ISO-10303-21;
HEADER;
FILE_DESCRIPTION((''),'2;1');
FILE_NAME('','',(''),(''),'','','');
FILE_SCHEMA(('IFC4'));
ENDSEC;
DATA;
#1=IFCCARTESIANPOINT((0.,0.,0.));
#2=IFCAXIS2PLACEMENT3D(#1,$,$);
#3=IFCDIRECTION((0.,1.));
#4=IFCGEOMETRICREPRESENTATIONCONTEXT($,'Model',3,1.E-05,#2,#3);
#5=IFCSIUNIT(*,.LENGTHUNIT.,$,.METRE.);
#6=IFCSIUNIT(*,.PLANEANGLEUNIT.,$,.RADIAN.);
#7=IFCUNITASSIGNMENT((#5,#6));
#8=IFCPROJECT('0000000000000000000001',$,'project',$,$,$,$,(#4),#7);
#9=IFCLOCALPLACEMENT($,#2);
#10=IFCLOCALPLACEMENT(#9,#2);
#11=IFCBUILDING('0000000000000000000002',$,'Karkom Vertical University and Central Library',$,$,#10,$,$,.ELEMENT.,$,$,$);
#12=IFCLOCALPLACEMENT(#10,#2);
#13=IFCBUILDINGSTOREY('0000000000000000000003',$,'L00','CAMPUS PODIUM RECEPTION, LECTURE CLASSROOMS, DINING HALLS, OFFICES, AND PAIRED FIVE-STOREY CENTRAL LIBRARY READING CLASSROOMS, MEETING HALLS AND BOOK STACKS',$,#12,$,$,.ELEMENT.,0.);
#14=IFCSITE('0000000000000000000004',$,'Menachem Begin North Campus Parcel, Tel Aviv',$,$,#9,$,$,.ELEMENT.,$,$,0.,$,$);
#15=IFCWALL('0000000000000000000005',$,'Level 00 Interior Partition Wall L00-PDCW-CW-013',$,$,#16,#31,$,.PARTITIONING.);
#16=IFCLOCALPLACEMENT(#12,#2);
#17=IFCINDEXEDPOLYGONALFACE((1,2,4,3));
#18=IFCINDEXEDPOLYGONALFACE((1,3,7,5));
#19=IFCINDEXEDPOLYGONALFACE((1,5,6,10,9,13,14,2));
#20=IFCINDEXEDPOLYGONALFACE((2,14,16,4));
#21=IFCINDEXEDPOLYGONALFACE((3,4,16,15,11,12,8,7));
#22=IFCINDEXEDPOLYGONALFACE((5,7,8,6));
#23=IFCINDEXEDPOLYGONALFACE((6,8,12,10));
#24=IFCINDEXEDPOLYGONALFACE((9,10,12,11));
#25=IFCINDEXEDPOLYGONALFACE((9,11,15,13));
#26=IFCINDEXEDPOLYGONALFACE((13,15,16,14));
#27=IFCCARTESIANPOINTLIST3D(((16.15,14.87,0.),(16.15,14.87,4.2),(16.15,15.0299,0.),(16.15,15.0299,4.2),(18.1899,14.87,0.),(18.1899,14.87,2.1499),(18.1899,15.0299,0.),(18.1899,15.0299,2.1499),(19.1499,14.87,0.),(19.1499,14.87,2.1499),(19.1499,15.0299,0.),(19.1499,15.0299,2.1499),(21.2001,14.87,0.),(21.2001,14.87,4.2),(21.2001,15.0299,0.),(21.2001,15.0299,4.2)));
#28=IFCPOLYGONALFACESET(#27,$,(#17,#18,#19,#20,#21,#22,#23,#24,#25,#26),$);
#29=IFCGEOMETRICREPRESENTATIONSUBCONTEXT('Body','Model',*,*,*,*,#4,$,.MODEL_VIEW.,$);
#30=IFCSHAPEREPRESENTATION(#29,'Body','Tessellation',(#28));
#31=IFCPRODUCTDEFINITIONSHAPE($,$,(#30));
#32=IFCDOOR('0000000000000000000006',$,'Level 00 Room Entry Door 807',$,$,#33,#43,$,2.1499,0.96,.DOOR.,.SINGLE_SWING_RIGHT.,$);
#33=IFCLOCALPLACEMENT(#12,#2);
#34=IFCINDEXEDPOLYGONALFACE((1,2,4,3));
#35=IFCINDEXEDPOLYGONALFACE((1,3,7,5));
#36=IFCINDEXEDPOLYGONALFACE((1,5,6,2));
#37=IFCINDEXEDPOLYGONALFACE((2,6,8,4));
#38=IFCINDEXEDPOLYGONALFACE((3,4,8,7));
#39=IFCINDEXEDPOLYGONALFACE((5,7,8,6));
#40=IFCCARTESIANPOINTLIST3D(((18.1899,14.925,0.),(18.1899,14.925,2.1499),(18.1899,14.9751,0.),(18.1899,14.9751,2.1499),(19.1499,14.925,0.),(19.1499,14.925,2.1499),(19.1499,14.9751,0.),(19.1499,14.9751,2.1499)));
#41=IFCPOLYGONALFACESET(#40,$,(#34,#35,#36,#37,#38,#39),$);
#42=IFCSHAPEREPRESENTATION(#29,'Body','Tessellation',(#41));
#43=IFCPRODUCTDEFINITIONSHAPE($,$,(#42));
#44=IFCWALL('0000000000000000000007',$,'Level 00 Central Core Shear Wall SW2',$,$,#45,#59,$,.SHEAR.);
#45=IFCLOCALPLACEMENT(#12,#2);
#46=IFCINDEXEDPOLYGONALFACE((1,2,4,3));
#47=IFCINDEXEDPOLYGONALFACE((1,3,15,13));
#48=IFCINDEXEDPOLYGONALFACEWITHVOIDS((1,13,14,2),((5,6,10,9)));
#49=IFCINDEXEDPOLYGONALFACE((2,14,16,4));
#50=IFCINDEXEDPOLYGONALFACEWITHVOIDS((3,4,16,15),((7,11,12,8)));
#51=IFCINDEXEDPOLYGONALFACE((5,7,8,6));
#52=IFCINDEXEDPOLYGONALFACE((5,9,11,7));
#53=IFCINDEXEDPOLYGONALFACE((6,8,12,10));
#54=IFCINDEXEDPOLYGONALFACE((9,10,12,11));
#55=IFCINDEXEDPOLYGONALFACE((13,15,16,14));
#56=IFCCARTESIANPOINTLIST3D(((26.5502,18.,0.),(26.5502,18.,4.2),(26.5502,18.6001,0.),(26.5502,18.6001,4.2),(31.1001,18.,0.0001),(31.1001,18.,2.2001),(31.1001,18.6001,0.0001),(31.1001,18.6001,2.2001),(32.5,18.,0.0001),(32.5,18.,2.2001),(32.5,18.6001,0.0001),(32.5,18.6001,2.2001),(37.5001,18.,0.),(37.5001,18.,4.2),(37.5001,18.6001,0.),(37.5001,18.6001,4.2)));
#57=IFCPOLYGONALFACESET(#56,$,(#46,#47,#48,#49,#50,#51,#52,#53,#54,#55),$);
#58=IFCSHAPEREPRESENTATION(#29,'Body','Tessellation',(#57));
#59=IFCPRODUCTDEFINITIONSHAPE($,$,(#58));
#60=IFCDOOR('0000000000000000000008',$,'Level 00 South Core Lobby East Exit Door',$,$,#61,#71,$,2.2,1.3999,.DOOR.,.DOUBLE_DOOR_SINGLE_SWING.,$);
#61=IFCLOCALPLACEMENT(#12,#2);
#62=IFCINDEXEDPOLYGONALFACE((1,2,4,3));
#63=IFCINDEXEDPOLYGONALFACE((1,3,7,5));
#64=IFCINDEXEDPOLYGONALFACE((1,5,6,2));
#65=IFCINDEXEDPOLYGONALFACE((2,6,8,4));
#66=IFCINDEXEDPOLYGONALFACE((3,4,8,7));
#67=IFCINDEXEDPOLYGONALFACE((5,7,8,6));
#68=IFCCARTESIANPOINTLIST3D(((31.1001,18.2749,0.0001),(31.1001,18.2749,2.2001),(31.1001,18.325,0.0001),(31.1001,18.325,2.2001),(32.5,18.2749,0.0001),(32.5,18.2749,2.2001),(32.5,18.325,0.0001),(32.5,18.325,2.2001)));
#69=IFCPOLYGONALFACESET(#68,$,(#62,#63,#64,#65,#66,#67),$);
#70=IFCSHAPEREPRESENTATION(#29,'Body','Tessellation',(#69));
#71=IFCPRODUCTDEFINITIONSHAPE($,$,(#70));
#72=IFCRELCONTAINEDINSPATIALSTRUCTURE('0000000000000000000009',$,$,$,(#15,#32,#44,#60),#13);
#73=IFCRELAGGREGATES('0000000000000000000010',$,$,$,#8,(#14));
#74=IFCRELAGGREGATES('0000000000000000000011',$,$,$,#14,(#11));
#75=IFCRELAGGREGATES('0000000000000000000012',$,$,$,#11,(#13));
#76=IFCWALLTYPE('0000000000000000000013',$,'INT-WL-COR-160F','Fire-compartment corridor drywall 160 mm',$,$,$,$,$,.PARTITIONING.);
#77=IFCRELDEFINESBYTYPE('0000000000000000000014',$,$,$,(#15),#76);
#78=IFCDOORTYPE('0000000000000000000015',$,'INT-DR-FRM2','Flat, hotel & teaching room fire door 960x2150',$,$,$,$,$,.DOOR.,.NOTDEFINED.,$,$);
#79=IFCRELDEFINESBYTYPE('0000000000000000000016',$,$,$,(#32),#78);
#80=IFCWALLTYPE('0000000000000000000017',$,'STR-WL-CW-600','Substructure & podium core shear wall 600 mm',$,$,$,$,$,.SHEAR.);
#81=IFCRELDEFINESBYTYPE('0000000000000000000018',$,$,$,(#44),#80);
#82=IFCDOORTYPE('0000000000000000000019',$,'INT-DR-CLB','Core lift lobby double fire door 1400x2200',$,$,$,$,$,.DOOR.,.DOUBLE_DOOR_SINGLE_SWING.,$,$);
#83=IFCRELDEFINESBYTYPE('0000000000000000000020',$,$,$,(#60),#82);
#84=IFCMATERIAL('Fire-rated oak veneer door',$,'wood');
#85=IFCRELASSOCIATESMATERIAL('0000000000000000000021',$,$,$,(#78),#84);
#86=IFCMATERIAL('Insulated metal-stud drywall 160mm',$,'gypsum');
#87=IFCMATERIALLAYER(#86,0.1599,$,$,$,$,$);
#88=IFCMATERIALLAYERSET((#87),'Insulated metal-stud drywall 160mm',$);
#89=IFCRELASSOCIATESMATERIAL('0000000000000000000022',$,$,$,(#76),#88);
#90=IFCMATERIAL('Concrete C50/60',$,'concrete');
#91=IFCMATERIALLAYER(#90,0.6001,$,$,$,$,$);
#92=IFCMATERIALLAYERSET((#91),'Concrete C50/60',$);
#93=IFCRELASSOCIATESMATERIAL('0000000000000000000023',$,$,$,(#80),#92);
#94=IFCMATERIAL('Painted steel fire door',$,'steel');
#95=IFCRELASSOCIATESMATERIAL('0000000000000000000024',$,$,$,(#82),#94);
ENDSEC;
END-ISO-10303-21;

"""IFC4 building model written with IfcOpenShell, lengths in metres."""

from ifc_helpers import new_model, si_unit, direction, frame, frame_2d, origin, origin_with_axes, place, context, subcontext, project, spatial, rectangle, extrude, source, transform, mapped, material, layer, layer_set, type_object, element, fill, save


model = new_model("IFC4")

# Units and contexts
model_context = context("Model", 3, precision=1e-05, world=origin(), true_north=direction((0.0, 1.0)))
body_context = subcontext(model_context, "Body", "Model", "MODEL_VIEW")
ifc_project = project(units=[si_unit("LENGTHUNIT", "METRE"), si_unit("PLANEANGLEUNIT", "RADIAN")], contexts=[model_context])

# Site, building, storey
site_placement = place(None, origin())
site = spatial("IfcSite", under=ifc_project, at=site_placement, Name="Menachem Begin North Campus Parcel, Tel Aviv", CompositionType="ELEMENT", RefElevation=0.0)
building_placement = place(site_placement, origin())
building = spatial("IfcBuilding", under=site, at=building_placement, Name="Karkom Vertical University and Central Library", CompositionType="ELEMENT")
storey_placement = place(building_placement, origin())
storey = spatial("IfcBuildingStorey", under=building, at=storey_placement, Name="L00", Description="CAMPUS PODIUM RECEPTION, LECTURE CLASSROOMS, DINING HALLS, OFFICES, AND PAIRED FIVE-STOREY CENTRAL LIBRARY READING CLASSROOMS, MEETING HALLS AND BOOK STACKS", CompositionType="ELEMENT", Elevation=0.0)

# Shared definitions
ifc_material_1 = material(Name="Concrete C50/60", Category="concrete")

# Shared definitions
ifc_material_2 = material(Name="Insulated metal-stud drywall 160mm", Category="gypsum")
ifc_material_3 = material(Name="Fire-rated oak veneer door", Category="wood")
door_type_1 = type_object("IfcDoorType", Name="INT-DR-FRM2", Description="Flat, hotel & teaching room fire door 960x2150", OperationType="NOTDEFINED", PredefinedType="DOOR", material=ifc_material_3)
shared_shape_1 = source(origin_with_axes(), body_context, "Body", "SweptSolid", [
    extrude(rectangle(XDim=0.96, YDim=2.1499, at=frame_2d((0.48, 1.075))), frame((0.0, 0.0249, 0.0), z_axis=(0.0, -1.0, 0.0), x_axis=(1.0, 0.0, 0.0)), (0.0, 0.0, 1.0), 0.05),
])

# Walls, openings, doors
ifc_layer_1 = layer(ifc_material_2, 0.1599)
ifc_layer_set_1 = layer_set([ifc_layer_1], Name="Insulated metal-stud drywall 160mm")
wall_type_1 = type_object("IfcWallType", Name="INT-WL-COR-160F", Description="Fire-compartment corridor drywall 160 mm", PredefinedType="PARTITIONING", material=ifc_layer_set_1)
wall_1_placement = place(storey_placement, frame((21.2, 14.95, 0.0), z_axis=(0.0, 0.0, 1.0), x_axis=(-1.0, 0.0, 0.0)))
wall_1 = element("IfcWall", 1, at=wall_1_placement, inside=storey, type_object=wall_type_1, Name="Level 00 Interior Partition Wall L00-PDCW-CW-013", PredefinedType="PARTITIONING", context=body_context, shape_type="SweptSolid", body=[
    extrude(rectangle(XDim=5.05, YDim=0.1599, at=frame_2d((2.5249, 0.0))), origin(), (0.0, 0.0, 1.0), 4.2),
])
opening_1_placement = place(wall_1_placement, frame((2.05, 0.0, 0.0)))
opening_1 = element("IfcOpeningElement", 2, at=opening_1_placement, cuts=wall_1, PredefinedType="OPENING", context=body_context, shape_type="SweptSolid", body=[
    extrude(rectangle(XDim=0.96, YDim=2.1499, at=frame_2d((0.48, 1.075))), frame((0.0, 0.0898, 0.0), z_axis=(0.0, -1.0, 0.0), x_axis=(1.0, 0.0, 0.0)), (0.0, 0.0, 1.0), 0.1799),
])
door_1_placement = place(opening_1_placement, origin())
door_1 = element("IfcDoor", 3, at=door_1_placement, inside=storey, type_object=door_type_1, Name="Level 00 Room Entry Door 807", OperationType="SINGLE_SWING_RIGHT", OverallHeight=2.1499, OverallWidth=0.96, PredefinedType="DOOR", context=body_context, shape_type="MappedRepresentation", body=[
    mapped(shared_shape_1, transform((0.0, 0.0, 0.0), scale=1.0)),
])
fill(opening_1, door_1)
ifc_layer_2 = layer(ifc_material_1, 0.6001)
ifc_layer_set_2 = layer_set([ifc_layer_2], Name="Concrete C50/60")
wall_type_2 = type_object("IfcWallType", Name="STR-WL-CW-600", Description="Substructure & podium core shear wall 600 mm", PredefinedType="SHEAR", material=ifc_layer_set_2)
wall_2_placement = place(storey_placement, frame((26.55, 18.3, 0.0), z_axis=(0.0, 0.0, 1.0), x_axis=(1.0, 0.0, 0.0)))
wall_2 = element("IfcWall", 4, at=wall_2_placement, inside=storey, type_object=wall_type_2, Name="Level 00 Central Core Shear Wall SW2", PredefinedType="SHEAR", context=body_context, shape_type="SweptSolid", body=[
    extrude(rectangle(XDim=10.95, YDim=0.6001, at=frame_2d((5.4751, 0.0))), origin(), (0.0, 0.0, 1.0), 4.2),
])
opening_2_placement = place(wall_2_placement, frame((4.55, 0.0, 0.0)))
opening_2 = element("IfcOpeningElement", 5, at=opening_2_placement, cuts=wall_2, PredefinedType="OPENING", context=body_context, shape_type="SweptSolid", body=[
    extrude(rectangle(XDim=1.3999, YDim=2.2, at=frame_2d((0.7, 1.1001))), frame((0.0, 0.3101, 0.0), z_axis=(0.0, -1.0, 0.0), x_axis=(1.0, 0.0, 0.0)), (0.0, 0.0, 1.0), 0.6201),
])
ifc_material_4 = material(Name="Painted steel fire door", Category="steel")
door_type_2 = type_object("IfcDoorType", Name="INT-DR-CLB", Description="Core lift lobby double fire door 1400x2200", OperationType="DOUBLE_DOOR_SINGLE_SWING", PredefinedType="DOOR", material=ifc_material_4)
shared_shape_2 = source(origin_with_axes(), body_context, "Body", "SweptSolid", [
    extrude(rectangle(XDim=1.3999, YDim=2.2, at=frame_2d((0.7, 1.1001))), frame((0.0, 0.0249, 0.0), z_axis=(0.0, -1.0, 0.0), x_axis=(1.0, 0.0, 0.0)), (0.0, 0.0, 1.0), 0.05),
])
door_2_placement = place(opening_2_placement, origin())
door_2 = element("IfcDoor", 6, at=door_2_placement, inside=storey, type_object=door_type_2, Name="Level 00 South Core Lobby East Exit Door", OperationType="DOUBLE_DOOR_SINGLE_SWING", OverallHeight=2.2, OverallWidth=1.3999, PredefinedType="DOOR", context=body_context, shape_type="MappedRepresentation", body=[
    mapped(shared_shape_2, transform((0.0, 0.0, 0.0), scale=1.0)),
])
fill(opening_2, door_2)

save(model, "model.ifc")
